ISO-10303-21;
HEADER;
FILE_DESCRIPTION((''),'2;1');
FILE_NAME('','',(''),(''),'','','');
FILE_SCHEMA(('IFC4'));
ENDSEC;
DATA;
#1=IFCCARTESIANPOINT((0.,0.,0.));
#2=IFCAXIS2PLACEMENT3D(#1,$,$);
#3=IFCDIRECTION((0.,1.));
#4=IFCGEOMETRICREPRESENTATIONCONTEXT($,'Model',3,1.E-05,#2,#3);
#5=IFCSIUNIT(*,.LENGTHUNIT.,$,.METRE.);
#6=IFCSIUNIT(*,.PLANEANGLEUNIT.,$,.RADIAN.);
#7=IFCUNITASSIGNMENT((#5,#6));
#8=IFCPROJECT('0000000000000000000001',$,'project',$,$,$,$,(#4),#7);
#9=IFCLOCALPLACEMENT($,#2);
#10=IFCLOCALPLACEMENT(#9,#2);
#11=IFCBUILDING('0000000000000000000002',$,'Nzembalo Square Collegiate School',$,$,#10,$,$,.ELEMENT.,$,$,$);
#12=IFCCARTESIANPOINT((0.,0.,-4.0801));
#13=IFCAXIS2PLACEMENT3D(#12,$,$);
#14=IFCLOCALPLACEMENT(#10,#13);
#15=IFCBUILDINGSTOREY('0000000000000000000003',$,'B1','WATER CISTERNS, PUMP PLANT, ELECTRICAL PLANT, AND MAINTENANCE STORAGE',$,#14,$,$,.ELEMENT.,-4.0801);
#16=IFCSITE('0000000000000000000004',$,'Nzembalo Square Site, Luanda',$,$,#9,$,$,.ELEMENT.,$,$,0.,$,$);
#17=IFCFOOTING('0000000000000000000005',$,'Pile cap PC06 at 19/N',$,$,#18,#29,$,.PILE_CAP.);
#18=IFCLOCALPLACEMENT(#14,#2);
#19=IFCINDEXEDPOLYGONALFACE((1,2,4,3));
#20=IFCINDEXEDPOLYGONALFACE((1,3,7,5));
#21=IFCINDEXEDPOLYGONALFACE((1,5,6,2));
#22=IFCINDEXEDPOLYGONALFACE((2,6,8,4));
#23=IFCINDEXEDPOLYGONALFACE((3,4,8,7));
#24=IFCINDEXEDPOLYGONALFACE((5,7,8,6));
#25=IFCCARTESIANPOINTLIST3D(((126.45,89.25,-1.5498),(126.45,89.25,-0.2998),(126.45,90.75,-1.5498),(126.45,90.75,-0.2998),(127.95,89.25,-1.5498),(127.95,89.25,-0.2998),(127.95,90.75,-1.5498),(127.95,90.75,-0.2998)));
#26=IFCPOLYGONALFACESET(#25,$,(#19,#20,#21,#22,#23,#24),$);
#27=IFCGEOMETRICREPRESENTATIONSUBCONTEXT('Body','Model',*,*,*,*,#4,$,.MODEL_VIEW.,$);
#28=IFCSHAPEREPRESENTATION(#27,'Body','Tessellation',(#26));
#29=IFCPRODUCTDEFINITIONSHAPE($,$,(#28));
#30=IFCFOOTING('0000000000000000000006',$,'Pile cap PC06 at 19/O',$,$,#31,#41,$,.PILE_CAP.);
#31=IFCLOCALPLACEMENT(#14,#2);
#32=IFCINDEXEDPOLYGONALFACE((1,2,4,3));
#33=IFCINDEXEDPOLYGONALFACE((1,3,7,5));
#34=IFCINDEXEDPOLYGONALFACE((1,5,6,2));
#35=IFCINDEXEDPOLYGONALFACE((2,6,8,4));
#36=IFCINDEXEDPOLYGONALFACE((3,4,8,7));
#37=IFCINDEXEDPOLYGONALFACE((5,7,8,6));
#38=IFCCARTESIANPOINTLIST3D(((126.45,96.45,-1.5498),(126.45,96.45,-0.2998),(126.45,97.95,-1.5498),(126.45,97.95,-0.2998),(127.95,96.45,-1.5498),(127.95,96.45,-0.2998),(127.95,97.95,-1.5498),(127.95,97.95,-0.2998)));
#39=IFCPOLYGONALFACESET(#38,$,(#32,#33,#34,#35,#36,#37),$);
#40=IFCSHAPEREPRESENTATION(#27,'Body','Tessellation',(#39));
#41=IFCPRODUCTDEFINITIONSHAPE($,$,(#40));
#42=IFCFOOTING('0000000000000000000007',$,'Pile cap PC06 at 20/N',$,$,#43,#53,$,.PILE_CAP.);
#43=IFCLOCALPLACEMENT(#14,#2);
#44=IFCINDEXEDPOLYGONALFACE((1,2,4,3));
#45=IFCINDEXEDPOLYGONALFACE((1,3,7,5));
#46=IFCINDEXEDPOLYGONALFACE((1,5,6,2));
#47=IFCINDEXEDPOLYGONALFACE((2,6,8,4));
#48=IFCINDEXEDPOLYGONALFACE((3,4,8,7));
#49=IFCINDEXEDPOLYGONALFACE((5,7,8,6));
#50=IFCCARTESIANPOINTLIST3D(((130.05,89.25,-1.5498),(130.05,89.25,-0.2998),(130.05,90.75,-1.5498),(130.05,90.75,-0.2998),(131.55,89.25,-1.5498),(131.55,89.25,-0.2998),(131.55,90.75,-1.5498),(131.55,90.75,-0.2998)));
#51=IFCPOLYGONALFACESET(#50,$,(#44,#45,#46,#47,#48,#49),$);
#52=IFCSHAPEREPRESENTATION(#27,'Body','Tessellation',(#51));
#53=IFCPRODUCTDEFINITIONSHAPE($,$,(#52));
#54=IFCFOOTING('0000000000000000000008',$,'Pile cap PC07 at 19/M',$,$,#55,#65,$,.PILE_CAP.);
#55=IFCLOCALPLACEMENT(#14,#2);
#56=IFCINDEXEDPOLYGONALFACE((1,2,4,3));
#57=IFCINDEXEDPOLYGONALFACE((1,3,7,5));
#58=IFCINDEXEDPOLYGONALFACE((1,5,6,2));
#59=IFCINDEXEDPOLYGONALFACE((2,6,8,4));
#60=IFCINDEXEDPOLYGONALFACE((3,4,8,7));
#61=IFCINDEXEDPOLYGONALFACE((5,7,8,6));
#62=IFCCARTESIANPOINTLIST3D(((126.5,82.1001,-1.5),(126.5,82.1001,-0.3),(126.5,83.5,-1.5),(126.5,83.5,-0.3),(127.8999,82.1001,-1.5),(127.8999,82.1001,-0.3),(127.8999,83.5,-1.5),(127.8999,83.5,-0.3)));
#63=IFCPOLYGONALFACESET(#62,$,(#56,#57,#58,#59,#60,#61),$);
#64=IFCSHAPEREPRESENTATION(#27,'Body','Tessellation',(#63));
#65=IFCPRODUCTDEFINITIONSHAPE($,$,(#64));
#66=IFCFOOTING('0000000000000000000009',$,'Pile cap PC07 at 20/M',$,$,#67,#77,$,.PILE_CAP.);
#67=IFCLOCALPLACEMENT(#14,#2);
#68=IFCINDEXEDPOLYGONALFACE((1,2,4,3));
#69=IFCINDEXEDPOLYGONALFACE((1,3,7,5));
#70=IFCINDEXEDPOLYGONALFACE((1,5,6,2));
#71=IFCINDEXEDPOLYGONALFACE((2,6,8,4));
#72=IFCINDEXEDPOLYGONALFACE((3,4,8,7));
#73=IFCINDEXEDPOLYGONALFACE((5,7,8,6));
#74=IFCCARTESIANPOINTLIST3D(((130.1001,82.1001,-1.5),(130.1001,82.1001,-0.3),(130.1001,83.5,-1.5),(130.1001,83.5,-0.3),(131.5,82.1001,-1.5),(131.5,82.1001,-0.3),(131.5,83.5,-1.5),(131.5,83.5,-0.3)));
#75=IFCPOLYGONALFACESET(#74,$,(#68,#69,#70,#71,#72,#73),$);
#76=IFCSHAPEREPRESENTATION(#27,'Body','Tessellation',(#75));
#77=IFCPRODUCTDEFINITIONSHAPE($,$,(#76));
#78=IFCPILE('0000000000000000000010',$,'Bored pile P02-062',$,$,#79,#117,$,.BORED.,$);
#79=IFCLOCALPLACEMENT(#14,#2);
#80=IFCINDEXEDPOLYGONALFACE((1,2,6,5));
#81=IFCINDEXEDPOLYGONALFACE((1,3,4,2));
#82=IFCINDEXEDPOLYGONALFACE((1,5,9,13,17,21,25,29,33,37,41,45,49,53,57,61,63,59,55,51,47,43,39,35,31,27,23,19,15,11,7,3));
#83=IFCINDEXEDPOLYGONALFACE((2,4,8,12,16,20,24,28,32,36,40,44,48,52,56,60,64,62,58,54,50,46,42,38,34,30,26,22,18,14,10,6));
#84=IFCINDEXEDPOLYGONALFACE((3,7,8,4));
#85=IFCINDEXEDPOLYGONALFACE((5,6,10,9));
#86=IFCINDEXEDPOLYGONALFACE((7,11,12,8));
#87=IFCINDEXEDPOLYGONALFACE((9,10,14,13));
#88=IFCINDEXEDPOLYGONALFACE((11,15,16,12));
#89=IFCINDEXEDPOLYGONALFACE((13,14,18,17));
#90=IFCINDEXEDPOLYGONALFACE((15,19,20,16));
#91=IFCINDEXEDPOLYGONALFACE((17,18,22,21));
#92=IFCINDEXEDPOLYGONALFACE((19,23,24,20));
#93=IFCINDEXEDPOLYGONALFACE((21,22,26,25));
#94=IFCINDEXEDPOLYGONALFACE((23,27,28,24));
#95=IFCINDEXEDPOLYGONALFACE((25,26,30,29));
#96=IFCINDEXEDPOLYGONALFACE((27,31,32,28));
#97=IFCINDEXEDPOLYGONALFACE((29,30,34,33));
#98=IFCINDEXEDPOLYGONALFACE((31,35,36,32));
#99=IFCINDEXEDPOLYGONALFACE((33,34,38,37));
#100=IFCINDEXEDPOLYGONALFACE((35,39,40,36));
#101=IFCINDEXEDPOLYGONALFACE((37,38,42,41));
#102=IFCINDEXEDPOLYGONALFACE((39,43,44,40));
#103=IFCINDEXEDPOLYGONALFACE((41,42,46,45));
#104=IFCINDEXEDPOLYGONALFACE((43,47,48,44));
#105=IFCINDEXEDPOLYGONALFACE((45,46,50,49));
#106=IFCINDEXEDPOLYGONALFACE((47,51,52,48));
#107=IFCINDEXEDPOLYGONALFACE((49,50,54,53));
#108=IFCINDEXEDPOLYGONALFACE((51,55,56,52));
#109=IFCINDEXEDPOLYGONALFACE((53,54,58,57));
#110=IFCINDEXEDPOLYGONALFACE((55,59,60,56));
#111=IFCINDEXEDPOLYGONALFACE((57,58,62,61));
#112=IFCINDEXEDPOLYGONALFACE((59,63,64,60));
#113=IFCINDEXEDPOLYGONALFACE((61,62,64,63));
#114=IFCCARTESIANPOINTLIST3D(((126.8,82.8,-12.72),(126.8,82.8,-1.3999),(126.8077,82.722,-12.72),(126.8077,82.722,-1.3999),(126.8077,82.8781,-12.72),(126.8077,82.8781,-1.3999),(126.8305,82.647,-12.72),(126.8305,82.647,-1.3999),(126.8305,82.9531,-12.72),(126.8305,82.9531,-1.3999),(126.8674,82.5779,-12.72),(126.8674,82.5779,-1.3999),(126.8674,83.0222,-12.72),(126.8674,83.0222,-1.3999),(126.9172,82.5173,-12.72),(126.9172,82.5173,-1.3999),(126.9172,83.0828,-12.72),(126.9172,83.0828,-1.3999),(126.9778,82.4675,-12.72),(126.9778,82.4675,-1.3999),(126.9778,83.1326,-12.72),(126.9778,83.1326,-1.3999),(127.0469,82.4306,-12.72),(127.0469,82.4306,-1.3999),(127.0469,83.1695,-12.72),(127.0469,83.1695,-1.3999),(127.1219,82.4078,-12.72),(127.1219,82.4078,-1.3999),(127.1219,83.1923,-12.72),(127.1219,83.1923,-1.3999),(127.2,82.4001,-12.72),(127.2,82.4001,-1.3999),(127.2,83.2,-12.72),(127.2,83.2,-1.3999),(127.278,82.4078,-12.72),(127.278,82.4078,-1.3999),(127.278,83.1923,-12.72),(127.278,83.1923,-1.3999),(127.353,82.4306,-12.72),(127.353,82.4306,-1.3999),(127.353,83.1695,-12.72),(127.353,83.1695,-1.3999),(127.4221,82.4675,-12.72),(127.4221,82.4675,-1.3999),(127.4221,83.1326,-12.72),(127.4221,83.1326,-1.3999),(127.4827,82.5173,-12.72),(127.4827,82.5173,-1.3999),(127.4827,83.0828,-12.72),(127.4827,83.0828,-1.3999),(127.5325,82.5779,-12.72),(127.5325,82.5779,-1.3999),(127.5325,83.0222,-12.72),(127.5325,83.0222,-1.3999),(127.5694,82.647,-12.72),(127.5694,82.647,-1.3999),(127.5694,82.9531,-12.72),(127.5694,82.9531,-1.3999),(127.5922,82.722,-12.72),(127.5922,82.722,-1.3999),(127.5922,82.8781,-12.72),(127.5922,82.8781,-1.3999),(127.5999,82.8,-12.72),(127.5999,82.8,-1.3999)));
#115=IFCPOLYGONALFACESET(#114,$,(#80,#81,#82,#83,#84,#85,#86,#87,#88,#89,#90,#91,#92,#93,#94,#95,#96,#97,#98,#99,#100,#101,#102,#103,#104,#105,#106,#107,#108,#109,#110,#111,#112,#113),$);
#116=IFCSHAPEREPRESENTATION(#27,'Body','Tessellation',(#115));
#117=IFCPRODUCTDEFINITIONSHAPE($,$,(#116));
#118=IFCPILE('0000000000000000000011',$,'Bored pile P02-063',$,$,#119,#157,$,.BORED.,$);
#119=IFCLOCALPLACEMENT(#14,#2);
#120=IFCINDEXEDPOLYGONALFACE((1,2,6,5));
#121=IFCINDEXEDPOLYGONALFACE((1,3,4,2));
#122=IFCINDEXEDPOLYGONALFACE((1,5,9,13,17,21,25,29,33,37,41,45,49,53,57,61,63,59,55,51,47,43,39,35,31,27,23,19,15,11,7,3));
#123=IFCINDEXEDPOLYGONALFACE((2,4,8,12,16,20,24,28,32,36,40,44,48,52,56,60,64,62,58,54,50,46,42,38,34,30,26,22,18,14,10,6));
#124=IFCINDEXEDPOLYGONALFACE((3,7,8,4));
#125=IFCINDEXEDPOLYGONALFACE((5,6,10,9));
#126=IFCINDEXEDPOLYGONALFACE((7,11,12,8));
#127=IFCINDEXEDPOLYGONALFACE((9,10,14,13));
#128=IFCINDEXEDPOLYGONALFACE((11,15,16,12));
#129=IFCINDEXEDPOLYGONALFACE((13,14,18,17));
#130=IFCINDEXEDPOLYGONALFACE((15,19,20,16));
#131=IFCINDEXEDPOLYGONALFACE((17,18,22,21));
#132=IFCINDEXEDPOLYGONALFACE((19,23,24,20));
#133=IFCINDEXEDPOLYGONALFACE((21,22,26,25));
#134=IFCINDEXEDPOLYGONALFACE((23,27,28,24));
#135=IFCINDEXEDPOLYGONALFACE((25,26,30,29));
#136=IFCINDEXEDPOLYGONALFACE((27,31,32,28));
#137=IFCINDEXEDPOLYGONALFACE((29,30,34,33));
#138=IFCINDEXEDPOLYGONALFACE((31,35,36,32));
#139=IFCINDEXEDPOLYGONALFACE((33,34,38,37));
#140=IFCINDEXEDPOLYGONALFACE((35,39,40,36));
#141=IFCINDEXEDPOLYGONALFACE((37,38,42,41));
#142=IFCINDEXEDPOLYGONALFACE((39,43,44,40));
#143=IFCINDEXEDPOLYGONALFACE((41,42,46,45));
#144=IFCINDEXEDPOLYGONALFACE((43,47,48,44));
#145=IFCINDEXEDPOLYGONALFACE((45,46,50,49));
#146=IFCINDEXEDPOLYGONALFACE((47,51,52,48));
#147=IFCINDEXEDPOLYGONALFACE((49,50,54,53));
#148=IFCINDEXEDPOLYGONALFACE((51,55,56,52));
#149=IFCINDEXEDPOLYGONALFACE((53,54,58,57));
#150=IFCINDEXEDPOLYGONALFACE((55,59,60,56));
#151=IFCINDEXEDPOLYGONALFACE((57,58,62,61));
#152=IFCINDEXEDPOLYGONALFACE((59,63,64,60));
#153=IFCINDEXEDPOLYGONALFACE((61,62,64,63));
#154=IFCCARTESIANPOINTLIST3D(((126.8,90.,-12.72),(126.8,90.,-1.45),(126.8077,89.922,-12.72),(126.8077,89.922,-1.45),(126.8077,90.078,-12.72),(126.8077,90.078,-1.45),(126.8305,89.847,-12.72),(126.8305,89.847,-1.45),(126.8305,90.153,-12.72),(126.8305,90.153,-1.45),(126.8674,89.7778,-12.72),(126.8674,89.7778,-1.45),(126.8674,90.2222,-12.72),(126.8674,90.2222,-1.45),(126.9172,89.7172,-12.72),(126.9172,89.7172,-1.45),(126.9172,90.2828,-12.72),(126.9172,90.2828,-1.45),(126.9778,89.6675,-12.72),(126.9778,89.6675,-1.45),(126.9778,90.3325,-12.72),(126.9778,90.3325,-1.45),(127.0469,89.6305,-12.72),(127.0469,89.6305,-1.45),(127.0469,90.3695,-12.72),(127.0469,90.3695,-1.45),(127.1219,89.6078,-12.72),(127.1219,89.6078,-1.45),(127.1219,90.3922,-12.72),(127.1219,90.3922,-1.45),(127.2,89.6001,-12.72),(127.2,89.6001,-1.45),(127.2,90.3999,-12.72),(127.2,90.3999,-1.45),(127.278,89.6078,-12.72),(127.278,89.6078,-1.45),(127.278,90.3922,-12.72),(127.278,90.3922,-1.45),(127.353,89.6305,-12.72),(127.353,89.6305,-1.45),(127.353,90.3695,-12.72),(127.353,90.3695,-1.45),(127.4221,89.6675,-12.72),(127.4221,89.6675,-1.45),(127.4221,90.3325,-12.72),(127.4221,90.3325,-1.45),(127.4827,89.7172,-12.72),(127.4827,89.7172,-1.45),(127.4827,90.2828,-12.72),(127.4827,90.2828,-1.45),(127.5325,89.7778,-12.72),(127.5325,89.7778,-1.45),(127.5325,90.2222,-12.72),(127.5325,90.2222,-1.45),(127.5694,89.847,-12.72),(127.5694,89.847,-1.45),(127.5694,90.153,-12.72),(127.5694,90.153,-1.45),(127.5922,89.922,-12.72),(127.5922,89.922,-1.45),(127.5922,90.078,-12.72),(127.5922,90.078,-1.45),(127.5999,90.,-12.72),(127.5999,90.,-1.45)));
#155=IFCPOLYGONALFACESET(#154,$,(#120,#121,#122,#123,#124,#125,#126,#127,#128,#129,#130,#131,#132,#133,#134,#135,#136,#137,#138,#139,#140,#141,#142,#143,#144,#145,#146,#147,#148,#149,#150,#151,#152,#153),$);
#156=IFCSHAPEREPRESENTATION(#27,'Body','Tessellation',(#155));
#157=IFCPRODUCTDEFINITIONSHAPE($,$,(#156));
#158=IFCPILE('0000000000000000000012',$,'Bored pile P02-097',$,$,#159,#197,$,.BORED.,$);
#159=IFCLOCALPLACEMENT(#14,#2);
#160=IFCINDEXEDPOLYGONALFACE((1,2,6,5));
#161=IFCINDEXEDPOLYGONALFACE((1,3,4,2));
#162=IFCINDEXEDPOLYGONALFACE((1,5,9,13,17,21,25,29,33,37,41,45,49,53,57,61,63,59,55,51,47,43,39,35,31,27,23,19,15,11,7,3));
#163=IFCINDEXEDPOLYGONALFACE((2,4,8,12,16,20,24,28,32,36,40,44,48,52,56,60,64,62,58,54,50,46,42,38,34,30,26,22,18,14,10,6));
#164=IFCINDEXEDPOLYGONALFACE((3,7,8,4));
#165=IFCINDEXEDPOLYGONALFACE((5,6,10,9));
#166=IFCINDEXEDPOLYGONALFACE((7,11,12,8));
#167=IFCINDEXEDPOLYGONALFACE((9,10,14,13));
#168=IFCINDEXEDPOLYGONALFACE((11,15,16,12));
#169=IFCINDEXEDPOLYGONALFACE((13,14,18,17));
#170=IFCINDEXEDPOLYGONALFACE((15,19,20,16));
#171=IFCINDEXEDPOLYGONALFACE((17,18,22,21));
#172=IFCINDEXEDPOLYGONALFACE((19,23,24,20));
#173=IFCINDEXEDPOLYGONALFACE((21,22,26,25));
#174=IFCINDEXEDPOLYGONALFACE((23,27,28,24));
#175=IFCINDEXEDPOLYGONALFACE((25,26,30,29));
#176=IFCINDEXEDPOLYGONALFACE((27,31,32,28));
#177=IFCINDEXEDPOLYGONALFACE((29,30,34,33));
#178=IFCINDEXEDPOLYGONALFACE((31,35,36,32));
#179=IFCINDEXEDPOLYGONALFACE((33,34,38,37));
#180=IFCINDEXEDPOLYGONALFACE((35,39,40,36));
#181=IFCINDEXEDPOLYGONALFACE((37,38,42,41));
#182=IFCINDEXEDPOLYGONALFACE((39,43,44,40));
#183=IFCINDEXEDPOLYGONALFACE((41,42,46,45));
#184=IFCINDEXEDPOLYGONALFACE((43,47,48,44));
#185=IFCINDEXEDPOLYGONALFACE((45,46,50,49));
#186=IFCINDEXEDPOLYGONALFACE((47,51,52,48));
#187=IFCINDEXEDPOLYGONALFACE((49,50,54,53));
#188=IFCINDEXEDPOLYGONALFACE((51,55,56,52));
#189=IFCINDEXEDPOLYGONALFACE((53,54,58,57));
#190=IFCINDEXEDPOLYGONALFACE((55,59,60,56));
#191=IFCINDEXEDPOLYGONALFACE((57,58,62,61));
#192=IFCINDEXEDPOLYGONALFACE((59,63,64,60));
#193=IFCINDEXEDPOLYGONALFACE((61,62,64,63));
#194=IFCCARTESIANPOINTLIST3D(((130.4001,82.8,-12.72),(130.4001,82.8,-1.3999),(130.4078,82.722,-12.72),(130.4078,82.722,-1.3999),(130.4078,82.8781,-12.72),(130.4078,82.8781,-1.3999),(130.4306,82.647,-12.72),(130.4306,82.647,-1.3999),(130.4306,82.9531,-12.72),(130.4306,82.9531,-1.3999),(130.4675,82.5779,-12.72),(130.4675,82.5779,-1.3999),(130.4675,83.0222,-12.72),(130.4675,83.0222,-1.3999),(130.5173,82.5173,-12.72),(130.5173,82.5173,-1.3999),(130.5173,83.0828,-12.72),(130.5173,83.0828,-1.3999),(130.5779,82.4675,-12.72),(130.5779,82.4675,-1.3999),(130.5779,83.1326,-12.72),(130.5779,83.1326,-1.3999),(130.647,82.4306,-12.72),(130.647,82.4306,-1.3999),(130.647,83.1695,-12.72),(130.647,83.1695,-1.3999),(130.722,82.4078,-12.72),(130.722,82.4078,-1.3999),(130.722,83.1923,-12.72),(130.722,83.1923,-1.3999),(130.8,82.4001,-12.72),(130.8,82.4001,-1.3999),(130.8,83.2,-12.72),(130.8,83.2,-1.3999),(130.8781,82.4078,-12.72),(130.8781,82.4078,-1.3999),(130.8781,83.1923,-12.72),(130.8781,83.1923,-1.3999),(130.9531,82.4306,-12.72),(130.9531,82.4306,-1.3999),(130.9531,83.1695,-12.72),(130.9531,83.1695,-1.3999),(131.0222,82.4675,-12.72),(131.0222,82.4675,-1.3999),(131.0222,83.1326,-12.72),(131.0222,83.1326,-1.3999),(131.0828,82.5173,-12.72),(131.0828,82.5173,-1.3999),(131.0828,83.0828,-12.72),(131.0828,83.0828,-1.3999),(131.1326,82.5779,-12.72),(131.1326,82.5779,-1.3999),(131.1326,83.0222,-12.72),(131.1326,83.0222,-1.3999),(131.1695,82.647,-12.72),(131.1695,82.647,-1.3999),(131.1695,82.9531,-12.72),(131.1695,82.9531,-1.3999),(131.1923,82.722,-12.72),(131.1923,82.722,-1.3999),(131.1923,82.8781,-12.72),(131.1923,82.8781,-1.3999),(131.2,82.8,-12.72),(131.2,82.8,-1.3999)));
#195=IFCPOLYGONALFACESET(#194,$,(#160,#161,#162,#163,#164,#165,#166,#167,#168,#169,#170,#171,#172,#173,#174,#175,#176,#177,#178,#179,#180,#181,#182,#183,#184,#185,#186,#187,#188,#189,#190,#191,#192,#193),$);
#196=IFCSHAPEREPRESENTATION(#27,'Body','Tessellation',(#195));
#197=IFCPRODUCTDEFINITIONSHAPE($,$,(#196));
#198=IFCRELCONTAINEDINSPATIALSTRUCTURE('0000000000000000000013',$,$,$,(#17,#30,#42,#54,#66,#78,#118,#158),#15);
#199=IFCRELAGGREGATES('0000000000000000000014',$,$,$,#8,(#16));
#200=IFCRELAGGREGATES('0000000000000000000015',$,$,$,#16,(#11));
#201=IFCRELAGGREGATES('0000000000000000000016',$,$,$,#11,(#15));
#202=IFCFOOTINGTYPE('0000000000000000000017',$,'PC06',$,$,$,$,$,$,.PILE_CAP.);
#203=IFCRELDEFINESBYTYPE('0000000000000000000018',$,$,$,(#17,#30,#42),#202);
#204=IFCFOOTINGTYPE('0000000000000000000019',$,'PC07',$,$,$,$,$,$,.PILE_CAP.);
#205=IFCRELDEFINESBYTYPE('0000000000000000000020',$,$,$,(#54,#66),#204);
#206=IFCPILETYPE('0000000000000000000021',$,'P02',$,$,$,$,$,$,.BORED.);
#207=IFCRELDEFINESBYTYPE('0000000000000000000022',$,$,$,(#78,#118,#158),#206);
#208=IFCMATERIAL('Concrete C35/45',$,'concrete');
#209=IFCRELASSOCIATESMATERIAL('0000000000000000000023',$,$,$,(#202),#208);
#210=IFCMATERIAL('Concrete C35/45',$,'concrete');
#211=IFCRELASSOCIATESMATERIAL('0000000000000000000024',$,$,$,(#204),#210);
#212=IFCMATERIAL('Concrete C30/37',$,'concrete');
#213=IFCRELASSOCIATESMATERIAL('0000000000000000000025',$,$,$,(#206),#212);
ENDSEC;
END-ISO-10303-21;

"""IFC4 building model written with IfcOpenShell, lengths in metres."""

from ifc_helpers import new_model, si_unit, direction, frame, origin, origin_2d, place, context, subcontext, project, spatial, rectangle, circle, extrude, material, material_profile, profile_set, type_object, element, save


model = new_model("IFC4")

# Units and contexts
model_context = context("Model", 3, precision=1e-05, world=origin(), true_north=direction((0.0, 1.0)))
body_context = subcontext(model_context, "Body", "Model", "MODEL_VIEW")
ifc_project = project(units=[si_unit("LENGTHUNIT", "METRE"), si_unit("PLANEANGLEUNIT", "RADIAN")], contexts=[model_context])

# Site, building, storey
site_placement = place(None, origin())
site = spatial("IfcSite", under=ifc_project, at=site_placement, Name="Nzembalo Square Site, Luanda", CompositionType="ELEMENT", RefElevation=0.0)
building_placement = place(site_placement, origin())
building = spatial("IfcBuilding", under=site, at=building_placement, Name="Nzembalo Square Collegiate School", CompositionType="ELEMENT")
storey_placement = place(building_placement, frame((0.0, 0.0, -4.0801)))
storey = spatial("IfcBuildingStorey", under=building, at=storey_placement, Name="B1", Description="WATER CISTERNS, PUMP PLANT, ELECTRICAL PLANT, AND MAINTENANCE STORAGE", CompositionType="ELEMENT", Elevation=-4.0801)

# Footings
ifc_material_1 = material(Name="Concrete C35/45", Category="concrete")
footing_type_1 = type_object("IfcFootingType", Name="PC06", PredefinedType="PILE_CAP", material=ifc_material_1)
for number, where, z_axis, x_axis, name in (
    (1, (127.2, 90.0, -1.5498), (0.0, 0.0, 1.0), (1.0, 0.0, 0.0), "Pile cap PC06 at 19/N"),
    (2, (127.2, 97.2, -1.5498), (0.0, 0.0, 1.0), (1.0, 0.0, 0.0), "Pile cap PC06 at 19/O"),
    (3, (130.8, 90.0, -1.5498), (0.0, 0.0, 1.0), (1.0, 0.0, 0.0), "Pile cap PC06 at 20/N"),
):
    element("IfcFooting", number, at=place(storey_placement, frame(where, z_axis=z_axis, x_axis=x_axis)), inside=storey, type_object=footing_type_1, Name=name, PredefinedType="PILE_CAP", context=body_context, shape_type="SweptSolid", body=[
        extrude(rectangle(XDim=1.5, YDim=1.5, at=origin_2d()), origin(), (0.0, 0.0, 1.0), 1.25),
    ])
ifc_material_2 = material(Name="Concrete C35/45", Category="concrete")
footing_type_2 = type_object("IfcFootingType", Name="PC07", PredefinedType="PILE_CAP", material=ifc_material_2)
for number, where, z_axis, x_axis, name in (
    (4, (127.2, 82.8, -1.5), (0.0, 0.0, 1.0), (1.0, 0.0, 0.0), "Pile cap PC07 at 19/M"),
    (5, (130.8, 82.8, -1.5), (0.0, 0.0, 1.0), (1.0, 0.0, 0.0), "Pile cap PC07 at 20/M"),
):
    element("IfcFooting", number, at=place(storey_placement, frame(where, z_axis=z_axis, x_axis=x_axis)), inside=storey, type_object=footing_type_2, Name=name, PredefinedType="PILE_CAP", context=body_context, shape_type="SweptSolid", body=[
        extrude(rectangle(XDim=1.3999, YDim=1.3999, at=origin_2d()), origin(), (0.0, 0.0, 1.0), 1.2),
    ])

# Piles
ifc_material_3 = material(Name="Concrete C30/37", Category="concrete")
ifc_material_profile_1 = material_profile(ifc_material_3, circle(Radius=0.3999, at=origin_2d()), Name="PILE D800")
ifc_profile_set_1 = profile_set([ifc_material_profile_1], Name="Concrete C30/37")
pile_type = type_object("IfcPileType", Name="P02", PredefinedType="BORED", material=ifc_profile_set_1)
pile_1_placement = place(storey_placement, frame((127.2, 82.8, -1.3999), z_axis=(0.0, 0.0, -1.0), x_axis=(1.0, 0.0, 0.0)))
element("IfcPile", 6, at=pile_1_placement, inside=storey, type_object=pile_type, Name="Bored pile P02-062", PredefinedType="BORED", context=body_context, shape_type="SweptSolid", body=[
    extrude(circle(Radius=0.3999, at=origin_2d()), origin(), (0.0, 0.0, 1.0), 11.3201),
])
pile_2_placement = place(storey_placement, frame((127.2, 90.0, -1.45), z_axis=(0.0, 0.0, -1.0), x_axis=(1.0, 0.0, 0.0)))
element("IfcPile", 7, at=pile_2_placement, inside=storey, type_object=pile_type, Name="Bored pile P02-063", PredefinedType="BORED", context=body_context, shape_type="SweptSolid", body=[
    extrude(circle(Radius=0.3999, at=origin_2d()), origin(), (0.0, 0.0, 1.0), 11.27),
])
pile_3_placement = place(storey_placement, frame((130.8, 82.8, -1.3999), z_axis=(0.0, 0.0, -1.0), x_axis=(1.0, 0.0, 0.0)))
element("IfcPile", 8, at=pile_3_placement, inside=storey, type_object=pile_type, Name="Bored pile P02-097", PredefinedType="BORED", context=body_context, shape_type="SweptSolid", body=[
    extrude(circle(Radius=0.3999, at=origin_2d()), origin(), (0.0, 0.0, 1.0), 11.3201),
])

save(model, "model.ifc")
